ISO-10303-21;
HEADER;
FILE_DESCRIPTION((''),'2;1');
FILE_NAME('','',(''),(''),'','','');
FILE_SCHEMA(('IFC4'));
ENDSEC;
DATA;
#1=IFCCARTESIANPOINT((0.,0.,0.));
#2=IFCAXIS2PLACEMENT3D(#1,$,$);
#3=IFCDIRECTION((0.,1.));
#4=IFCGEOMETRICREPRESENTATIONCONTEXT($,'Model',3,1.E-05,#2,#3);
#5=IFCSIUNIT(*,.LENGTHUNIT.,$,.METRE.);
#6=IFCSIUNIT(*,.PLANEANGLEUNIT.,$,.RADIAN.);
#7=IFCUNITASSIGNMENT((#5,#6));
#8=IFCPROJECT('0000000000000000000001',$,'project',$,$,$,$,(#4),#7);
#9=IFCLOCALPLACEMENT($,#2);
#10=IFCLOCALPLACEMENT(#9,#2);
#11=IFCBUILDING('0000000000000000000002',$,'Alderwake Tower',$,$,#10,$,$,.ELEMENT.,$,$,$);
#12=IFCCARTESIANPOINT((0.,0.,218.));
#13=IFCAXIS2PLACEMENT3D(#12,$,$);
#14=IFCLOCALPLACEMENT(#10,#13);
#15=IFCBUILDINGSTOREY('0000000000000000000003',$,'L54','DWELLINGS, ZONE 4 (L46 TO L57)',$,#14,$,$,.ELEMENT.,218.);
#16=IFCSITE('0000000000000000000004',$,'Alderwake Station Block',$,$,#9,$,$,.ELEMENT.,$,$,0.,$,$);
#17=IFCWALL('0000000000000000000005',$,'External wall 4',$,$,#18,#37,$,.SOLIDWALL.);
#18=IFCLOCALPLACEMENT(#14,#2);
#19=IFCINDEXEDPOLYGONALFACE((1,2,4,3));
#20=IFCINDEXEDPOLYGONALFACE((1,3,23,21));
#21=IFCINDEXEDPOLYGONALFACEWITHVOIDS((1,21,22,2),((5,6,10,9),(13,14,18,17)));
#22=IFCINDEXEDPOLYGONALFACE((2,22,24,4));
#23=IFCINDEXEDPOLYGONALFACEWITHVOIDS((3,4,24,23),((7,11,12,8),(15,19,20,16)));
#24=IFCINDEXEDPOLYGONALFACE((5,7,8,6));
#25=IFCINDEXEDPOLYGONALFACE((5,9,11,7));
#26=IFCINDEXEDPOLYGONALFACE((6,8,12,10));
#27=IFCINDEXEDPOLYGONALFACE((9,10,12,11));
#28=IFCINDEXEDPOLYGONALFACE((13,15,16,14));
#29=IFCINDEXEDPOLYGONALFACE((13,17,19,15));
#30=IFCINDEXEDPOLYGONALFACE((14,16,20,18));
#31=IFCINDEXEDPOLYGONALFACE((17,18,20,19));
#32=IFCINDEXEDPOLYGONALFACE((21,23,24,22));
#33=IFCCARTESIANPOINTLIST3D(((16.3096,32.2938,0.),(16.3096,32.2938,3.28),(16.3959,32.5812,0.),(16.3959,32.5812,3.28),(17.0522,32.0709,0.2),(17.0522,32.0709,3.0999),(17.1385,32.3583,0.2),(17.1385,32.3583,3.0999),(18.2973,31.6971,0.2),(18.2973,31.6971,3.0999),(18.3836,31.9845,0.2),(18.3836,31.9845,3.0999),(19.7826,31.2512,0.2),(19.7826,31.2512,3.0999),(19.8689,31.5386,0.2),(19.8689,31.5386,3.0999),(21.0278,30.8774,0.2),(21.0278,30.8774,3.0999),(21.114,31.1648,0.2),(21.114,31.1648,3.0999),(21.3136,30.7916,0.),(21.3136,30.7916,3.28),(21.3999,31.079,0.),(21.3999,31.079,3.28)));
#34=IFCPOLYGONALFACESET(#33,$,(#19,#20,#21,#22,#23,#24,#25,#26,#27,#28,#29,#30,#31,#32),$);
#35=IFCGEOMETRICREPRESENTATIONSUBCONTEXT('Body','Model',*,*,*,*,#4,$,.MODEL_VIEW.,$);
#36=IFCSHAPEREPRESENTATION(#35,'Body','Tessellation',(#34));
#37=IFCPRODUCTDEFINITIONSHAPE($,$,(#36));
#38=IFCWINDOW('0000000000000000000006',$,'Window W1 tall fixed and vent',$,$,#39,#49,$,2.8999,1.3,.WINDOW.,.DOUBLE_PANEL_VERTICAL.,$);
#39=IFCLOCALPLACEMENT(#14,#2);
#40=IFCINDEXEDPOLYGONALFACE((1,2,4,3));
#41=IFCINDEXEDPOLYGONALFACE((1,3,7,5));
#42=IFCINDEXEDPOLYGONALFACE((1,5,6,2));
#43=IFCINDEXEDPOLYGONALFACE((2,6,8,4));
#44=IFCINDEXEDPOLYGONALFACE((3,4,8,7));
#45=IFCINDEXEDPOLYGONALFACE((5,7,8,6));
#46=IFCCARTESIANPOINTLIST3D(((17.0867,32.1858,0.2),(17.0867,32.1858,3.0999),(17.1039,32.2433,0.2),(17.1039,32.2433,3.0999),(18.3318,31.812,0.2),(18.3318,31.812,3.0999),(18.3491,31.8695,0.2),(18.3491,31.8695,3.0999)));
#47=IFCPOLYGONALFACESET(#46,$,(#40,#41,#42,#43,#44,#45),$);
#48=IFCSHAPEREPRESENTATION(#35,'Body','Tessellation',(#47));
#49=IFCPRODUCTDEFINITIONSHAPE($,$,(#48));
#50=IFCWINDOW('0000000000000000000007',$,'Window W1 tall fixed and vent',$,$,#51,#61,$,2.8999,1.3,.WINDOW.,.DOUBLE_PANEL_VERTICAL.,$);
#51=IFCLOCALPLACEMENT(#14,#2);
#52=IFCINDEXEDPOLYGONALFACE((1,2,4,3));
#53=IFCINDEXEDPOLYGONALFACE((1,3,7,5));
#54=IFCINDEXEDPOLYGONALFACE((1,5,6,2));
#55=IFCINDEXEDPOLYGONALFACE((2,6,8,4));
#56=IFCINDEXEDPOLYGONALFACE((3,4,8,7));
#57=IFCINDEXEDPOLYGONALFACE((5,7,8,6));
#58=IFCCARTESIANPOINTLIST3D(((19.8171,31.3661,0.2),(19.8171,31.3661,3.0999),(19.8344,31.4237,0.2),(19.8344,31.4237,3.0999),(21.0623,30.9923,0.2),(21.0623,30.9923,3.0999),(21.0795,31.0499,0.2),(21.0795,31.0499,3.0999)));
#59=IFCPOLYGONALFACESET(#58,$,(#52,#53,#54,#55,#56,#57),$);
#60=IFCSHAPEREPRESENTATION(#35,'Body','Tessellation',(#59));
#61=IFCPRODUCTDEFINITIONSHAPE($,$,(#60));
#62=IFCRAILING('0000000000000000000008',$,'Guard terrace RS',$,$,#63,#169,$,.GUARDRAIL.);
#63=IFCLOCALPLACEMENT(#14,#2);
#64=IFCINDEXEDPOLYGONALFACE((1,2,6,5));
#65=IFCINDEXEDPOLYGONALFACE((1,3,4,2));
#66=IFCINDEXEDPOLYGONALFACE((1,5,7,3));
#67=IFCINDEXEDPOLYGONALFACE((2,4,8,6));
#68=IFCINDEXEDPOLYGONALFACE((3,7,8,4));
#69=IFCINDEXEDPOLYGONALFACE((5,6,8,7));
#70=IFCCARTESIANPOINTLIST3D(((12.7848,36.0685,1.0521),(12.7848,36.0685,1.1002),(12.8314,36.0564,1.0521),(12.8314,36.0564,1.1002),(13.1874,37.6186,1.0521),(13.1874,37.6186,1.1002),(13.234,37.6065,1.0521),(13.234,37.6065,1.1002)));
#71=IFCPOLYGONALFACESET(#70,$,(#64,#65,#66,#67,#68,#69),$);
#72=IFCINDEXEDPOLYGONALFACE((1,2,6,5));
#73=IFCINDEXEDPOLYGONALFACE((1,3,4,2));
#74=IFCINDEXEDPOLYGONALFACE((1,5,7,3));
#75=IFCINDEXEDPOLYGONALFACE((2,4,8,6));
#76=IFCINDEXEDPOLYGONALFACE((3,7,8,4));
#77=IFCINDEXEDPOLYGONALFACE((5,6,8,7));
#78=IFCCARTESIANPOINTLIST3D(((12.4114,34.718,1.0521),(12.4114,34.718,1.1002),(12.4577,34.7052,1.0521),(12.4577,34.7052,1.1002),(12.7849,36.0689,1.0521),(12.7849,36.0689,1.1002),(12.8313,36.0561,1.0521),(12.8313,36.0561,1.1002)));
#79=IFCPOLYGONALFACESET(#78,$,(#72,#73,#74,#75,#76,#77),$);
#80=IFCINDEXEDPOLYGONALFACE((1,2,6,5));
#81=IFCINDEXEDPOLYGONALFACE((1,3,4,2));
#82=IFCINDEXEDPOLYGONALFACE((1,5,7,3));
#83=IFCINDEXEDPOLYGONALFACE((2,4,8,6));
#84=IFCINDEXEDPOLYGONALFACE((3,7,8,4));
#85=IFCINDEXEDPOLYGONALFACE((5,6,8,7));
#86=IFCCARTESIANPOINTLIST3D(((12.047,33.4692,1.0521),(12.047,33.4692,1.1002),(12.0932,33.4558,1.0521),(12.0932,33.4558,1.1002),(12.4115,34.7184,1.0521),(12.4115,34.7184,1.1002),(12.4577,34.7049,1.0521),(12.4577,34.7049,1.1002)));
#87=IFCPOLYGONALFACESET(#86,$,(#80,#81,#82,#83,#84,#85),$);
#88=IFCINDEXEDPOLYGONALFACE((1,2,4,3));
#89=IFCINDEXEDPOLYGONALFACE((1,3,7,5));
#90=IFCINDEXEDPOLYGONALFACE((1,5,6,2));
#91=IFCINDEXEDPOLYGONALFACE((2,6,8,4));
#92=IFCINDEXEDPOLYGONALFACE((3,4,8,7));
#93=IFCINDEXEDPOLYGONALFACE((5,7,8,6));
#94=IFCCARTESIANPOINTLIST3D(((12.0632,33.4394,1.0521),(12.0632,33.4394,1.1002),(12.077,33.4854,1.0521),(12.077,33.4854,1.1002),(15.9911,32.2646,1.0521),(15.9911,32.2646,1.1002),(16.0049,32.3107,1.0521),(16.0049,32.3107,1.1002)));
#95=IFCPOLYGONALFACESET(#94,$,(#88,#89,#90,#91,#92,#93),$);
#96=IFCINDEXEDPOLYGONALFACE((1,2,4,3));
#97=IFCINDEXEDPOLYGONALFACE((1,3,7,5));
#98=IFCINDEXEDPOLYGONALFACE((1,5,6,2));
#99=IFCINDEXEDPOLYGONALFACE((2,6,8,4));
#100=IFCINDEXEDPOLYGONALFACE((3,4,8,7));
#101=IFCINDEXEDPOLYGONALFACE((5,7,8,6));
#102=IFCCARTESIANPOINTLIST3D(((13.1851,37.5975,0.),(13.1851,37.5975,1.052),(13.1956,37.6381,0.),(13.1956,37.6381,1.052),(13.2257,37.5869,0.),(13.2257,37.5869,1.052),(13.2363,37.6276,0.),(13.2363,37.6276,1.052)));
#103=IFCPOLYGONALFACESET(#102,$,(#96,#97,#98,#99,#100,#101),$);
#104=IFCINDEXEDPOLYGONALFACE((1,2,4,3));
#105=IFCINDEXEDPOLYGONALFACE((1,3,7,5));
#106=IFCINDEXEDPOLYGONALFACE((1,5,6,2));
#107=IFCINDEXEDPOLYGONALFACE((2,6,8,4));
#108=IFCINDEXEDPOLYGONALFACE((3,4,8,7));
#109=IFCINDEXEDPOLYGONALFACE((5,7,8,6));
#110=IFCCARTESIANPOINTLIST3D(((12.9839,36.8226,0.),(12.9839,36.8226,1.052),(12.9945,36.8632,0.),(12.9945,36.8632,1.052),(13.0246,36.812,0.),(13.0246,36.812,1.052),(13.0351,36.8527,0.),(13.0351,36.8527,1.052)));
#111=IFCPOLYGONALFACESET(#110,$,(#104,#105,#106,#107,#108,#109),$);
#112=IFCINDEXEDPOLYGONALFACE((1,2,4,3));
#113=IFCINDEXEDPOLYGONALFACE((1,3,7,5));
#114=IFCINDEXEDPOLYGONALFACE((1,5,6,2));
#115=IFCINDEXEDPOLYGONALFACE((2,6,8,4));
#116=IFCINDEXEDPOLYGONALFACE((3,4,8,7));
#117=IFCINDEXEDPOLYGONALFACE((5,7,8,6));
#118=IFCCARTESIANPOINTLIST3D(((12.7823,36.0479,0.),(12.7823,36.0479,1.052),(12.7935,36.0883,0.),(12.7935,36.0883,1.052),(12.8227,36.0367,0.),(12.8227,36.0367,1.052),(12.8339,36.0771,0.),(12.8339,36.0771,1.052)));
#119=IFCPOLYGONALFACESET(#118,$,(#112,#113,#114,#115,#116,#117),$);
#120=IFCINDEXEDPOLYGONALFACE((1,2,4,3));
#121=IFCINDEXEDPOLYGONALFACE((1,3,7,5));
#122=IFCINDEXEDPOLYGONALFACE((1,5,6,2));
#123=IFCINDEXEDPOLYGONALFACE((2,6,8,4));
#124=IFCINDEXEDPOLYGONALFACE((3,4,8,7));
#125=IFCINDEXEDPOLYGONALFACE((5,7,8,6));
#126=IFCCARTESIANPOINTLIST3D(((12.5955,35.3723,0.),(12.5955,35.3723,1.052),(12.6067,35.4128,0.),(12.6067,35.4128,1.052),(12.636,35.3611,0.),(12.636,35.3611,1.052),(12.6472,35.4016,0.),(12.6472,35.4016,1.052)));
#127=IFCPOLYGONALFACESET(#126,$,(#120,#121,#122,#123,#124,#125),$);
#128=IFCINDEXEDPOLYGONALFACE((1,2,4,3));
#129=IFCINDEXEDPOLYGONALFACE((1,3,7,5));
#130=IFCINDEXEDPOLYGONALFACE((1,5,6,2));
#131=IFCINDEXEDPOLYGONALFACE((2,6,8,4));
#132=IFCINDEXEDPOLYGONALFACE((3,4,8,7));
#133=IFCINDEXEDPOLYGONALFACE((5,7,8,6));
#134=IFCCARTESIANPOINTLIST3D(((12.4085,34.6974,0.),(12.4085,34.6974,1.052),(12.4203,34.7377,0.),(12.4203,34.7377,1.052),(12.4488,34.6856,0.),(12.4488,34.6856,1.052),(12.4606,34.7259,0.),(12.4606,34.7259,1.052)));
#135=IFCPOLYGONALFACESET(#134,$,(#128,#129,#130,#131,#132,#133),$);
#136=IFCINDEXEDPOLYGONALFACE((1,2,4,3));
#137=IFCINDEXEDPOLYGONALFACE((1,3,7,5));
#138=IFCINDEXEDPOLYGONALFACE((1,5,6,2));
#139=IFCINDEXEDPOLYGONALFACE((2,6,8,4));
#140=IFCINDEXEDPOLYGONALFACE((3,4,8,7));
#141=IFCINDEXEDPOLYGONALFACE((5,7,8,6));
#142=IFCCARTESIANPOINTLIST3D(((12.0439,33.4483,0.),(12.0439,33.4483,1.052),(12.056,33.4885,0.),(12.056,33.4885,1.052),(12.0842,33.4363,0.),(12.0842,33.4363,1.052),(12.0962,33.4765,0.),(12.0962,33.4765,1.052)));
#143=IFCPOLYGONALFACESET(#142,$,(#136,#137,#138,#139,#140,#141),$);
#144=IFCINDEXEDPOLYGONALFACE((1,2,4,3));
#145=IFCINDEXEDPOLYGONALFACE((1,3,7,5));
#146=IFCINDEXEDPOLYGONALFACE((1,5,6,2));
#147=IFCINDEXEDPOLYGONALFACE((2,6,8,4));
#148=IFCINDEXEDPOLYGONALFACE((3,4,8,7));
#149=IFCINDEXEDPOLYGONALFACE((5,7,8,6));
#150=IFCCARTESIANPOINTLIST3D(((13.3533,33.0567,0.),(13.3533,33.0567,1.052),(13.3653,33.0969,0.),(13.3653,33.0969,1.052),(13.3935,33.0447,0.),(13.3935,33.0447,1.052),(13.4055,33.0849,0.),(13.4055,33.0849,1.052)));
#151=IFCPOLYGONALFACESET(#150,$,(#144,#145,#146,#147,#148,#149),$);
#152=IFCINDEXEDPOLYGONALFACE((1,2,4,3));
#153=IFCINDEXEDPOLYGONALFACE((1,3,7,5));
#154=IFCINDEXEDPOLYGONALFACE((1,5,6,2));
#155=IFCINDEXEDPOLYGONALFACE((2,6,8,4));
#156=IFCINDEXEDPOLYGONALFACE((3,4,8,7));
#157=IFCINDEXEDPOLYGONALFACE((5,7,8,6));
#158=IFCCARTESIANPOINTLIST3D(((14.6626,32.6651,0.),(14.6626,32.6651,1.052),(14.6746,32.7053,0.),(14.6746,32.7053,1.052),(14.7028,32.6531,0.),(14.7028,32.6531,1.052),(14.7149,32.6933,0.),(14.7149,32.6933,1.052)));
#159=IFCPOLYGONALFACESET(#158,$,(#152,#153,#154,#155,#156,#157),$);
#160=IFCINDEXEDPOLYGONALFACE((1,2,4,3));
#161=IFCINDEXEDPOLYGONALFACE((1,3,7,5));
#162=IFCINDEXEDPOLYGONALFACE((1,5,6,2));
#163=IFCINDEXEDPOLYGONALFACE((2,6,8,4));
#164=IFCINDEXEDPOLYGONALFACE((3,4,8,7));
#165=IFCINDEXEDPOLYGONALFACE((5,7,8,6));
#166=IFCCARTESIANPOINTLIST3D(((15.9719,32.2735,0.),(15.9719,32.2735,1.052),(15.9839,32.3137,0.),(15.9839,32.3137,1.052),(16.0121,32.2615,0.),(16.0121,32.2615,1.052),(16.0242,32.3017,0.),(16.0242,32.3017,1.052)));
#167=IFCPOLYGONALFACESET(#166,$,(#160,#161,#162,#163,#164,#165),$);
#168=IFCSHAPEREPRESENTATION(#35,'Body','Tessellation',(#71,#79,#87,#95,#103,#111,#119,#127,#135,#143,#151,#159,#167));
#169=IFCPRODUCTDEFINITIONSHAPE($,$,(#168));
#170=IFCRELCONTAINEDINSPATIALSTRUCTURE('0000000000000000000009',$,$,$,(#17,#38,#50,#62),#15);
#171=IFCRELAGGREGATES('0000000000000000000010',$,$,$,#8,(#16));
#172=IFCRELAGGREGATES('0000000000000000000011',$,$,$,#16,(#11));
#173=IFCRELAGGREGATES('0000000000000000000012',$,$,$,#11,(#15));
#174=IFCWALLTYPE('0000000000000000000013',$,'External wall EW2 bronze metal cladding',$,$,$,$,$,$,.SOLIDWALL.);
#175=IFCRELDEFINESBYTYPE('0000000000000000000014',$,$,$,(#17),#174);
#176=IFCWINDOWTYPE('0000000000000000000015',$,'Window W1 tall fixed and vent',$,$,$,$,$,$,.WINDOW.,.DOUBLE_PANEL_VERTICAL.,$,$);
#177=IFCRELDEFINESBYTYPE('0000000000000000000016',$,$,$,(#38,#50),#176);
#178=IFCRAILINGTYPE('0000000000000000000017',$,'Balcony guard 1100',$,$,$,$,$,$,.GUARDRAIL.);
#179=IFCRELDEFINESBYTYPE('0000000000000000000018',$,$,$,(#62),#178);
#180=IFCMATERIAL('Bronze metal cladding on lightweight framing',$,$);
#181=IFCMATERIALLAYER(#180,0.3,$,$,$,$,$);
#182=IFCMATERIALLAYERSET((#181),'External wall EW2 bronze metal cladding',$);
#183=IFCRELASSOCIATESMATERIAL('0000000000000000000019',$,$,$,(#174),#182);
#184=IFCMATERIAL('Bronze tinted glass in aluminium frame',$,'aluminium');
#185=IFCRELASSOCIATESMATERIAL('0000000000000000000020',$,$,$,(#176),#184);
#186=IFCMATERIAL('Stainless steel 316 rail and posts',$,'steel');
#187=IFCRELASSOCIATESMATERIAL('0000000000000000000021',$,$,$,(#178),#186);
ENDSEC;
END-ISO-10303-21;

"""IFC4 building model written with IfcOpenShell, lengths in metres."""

from ifc_helpers import new_model, si_unit, direction, frame, frame_2d, origin, origin_2d, place, context, subcontext, project, spatial, rectangle, extrude, material, layer, layer_set, type_object, element, fill, save


model = new_model("IFC4")

# Units and contexts
model_context = context("Model", 3, precision=1e-05, world=origin(), true_north=direction((0.0, 1.0)))
body_context = subcontext(model_context, "Body", "Model", "MODEL_VIEW")
ifc_project = project(units=[si_unit("LENGTHUNIT", "METRE"), si_unit("PLANEANGLEUNIT", "RADIAN")], contexts=[model_context])

# Site, building, storey
site_placement = place(None, origin())
site = spatial("IfcSite", under=ifc_project, at=site_placement, Name="Alderwake Station Block", CompositionType="ELEMENT", RefElevation=0.0)
building_placement = place(site_placement, origin())
building = spatial("IfcBuilding", under=site, at=building_placement, Name="Alderwake Tower", CompositionType="ELEMENT")
storey_placement = place(building_placement, frame((0.0, 0.0, 218.0)))
storey = spatial("IfcBuildingStorey", under=building, at=storey_placement, Name="L54", Description="DWELLINGS, ZONE 4 (L46 TO L57)", CompositionType="ELEMENT", Elevation=218.0)

# Shared definitions
ifc_material_1 = material(Name="Bronze metal cladding on lightweight framing")
ifc_layer_1 = layer(ifc_material_1, 0.3)
ifc_layer_set_1 = layer_set([ifc_layer_1], Name="External wall EW2 bronze metal cladding")
wall_type = type_object("IfcWallType", Name="External wall EW2 bronze metal cladding", PredefinedType="SOLIDWALL", material=ifc_layer_set_1)
ifc_material_2 = material(Name="Bronze tinted glass in aluminium frame", Category="aluminium")
window_type = type_object("IfcWindowType", Name="Window W1 tall fixed and vent", PartitioningType="DOUBLE_PANEL_VERTICAL", PredefinedType="WINDOW", material=ifc_material_2)

# Wall, openings, windows
wall_1_placement = place(storey_placement, frame((16.3528, 32.4375, 0.0), z_axis=(0.0, 0.0, 1.0), x_axis=(0.957772, -0.287528, 0.0)))
wall_1 = element("IfcWall", 1, at=wall_1_placement, inside=storey, type_object=wall_type, Name="External wall 4", PredefinedType="SOLIDWALL", context=body_context, shape_type="SweptSolid", body=[
    extrude(rectangle(XDim=5.2246, YDim=0.3, at=frame_2d((2.6123, 0.0))), origin(), (0.0, 0.0, 1.0), 3.28),
])
opening_1_placement = place(wall_1_placement, frame((0.7754, 0.0, 0.2)))
opening_1 = element("IfcOpeningElement", 2, at=opening_1_placement, cuts=wall_1, PredefinedType="OPENING", context=body_context, shape_type="SweptSolid", body=[
    extrude(rectangle(XDim=1.3, YDim=2.8999, at=frame_2d((0.6499, 1.45))), frame((0.0, 0.1599, 0.0), z_axis=(0.0, -1.0, 0.0), x_axis=(1.0, 0.0, 0.0)), (0.0, 0.0, 1.0), 0.3201),
])
opening_2_placement = place(wall_1_placement, frame((3.6262, 0.0, 0.2)))
opening_2 = element("IfcOpeningElement", 3, at=opening_2_placement, cuts=wall_1, PredefinedType="OPENING", context=body_context, shape_type="SweptSolid", body=[
    extrude(rectangle(XDim=1.3, YDim=2.8999, at=frame_2d((0.6499, 1.45))), frame((0.0, 0.1599, 0.0), z_axis=(0.0, -1.0, 0.0), x_axis=(1.0, 0.0, 0.0)), (0.0, 0.0, 1.0), 0.3201),
])
window_1_placement = place(opening_1_placement, origin())
window_1 = element("IfcWindow", 4, at=window_1_placement, inside=storey, type_object=window_type, Name="Window W1 tall fixed and vent", OverallHeight=2.8999, OverallWidth=1.3, PartitioningType="DOUBLE_PANEL_VERTICAL", PredefinedType="WINDOW", context=body_context, shape_type="SweptSolid", body=[
    extrude(rectangle(XDim=1.3, YDim=2.8999, at=frame_2d((0.6499, 1.45))), frame((0.0, 0.03, 0.0), z_axis=(0.0, -1.0, 0.0), x_axis=(1.0, 0.0, 0.0)), (0.0, 0.0, 1.0), 0.0601),
])
fill(opening_1, window_1)
window_2_placement = place(opening_2_placement, origin())
window_2 = element("IfcWindow", 5, at=window_2_placement, inside=storey, type_object=window_type, Name="Window W1 tall fixed and vent", OverallHeight=2.8999, OverallWidth=1.3, PartitioningType="DOUBLE_PANEL_VERTICAL", PredefinedType="WINDOW", context=body_context, shape_type="SweptSolid", body=[
    extrude(rectangle(XDim=1.3, YDim=2.8999, at=frame_2d((0.6499, 1.45))), frame((0.0, 0.03, 0.0), z_axis=(0.0, -1.0, 0.0), x_axis=(1.0, 0.0, 0.0)), (0.0, 0.0, 1.0), 0.0601),
])
fill(opening_2, window_2)

# Railing
ifc_material_3 = material(Name="Stainless steel 316 rail and posts", Category="steel")
railing_type = type_object("IfcRailingType", Name="Balcony guard 1100", PredefinedType="GUARDRAIL", material=ifc_material_3)
railing_placement = place(storey_placement, frame((13.2107, 37.6125, 0.0)))
element("IfcRailing", 6, at=railing_placement, inside=storey, type_object=railing_type, Name="Guard terrace RS", PredefinedType="GUARDRAIL", context=body_context, shape_type="SweptSolid", body=[
    extrude(rectangle(XDim=0.0481, YDim=0.0481, at=origin_2d()), frame((0.0, 0.0, 1.0762), z_axis=(-0.251385, -0.967887, 0.0), x_axis=(0.967887, -0.251385, 0.0)), (0.0, 0.0, 1.0), 1.6016),
    extrude(rectangle(XDim=0.0481, YDim=0.0481, at=origin_2d()), frame((-0.4026, -1.55, 1.0762), z_axis=(-0.266521, -0.963829, 0.0), x_axis=(0.963829, -0.266521, 0.0)), (0.0, 0.0, 1.0), 1.4016),
    extrude(rectangle(XDim=0.0481, YDim=0.0481, at=origin_2d()), frame((-0.7761, -2.9009, 1.0762), z_axis=(-0.280094, -0.959973, 0.0), x_axis=(0.959973, -0.280094, 0.0)), (0.0, 0.0, 1.0), 1.3013),
    extrude(rectangle(XDim=0.0481, YDim=0.0481, at=origin_2d()), frame((-1.1406, -4.1501, 1.0762), z_axis=(0.958067, -0.286545, 0.0), x_axis=(0.286545, 0.958067, 0.0)), (0.0, 0.0, 1.0), 4.0999),
    extrude(rectangle(XDim=0.042, YDim=0.042, at=origin_2d()), frame((0.0, 0.0, 0.0), z_axis=(0.0, 0.0, 1.0), x_axis=(-0.251385, -0.967887, 0.0)), (0.0, 0.0, 1.0), 1.052),
    extrude(rectangle(XDim=0.042, YDim=0.042, at=origin_2d()), frame((-0.2012, -0.7749, 0.0), z_axis=(0.0, 0.0, 1.0), x_axis=(-0.251385, -0.967887, 0.0)), (0.0, 0.0, 1.0), 1.052),
    extrude(rectangle(XDim=0.042, YDim=0.042, at=origin_2d()), frame((-0.4026, -1.55, 0.0), z_axis=(0.0, 0.0, 1.0), x_axis=(-0.266521, -0.963829, 0.0)), (0.0, 0.0, 1.0), 1.052),
    extrude(rectangle(XDim=0.042, YDim=0.042, at=origin_2d()), frame((-0.5894, -2.2256, 0.0), z_axis=(0.0, 0.0, 1.0), x_axis=(-0.266521, -0.963829, 0.0)), (0.0, 0.0, 1.0), 1.052),
    extrude(rectangle(XDim=0.042, YDim=0.042, at=origin_2d()), frame((-0.7761, -2.9009, 0.0), z_axis=(0.0, 0.0, 1.0), x_axis=(-0.280094, -0.959973, 0.0)), (0.0, 0.0, 1.0), 1.052),
    extrude(rectangle(XDim=0.042, YDim=0.042, at=origin_2d()), frame((-1.1406, -4.1501, 0.0), z_axis=(0.0, 0.0, 1.0), x_axis=(0.958067, -0.286545, 0.0)), (0.0, 0.0, 1.0), 1.052),
    extrude(rectangle(XDim=0.042, YDim=0.042, at=origin_2d()), frame((0.1687, -4.5417, 0.0), z_axis=(0.0, 0.0, 1.0), x_axis=(0.958067, -0.286545, 0.0)), (0.0, 0.0, 1.0), 1.052),
    extrude(rectangle(XDim=0.042, YDim=0.042, at=origin_2d()), frame((1.478, -4.9333, 0.0), z_axis=(0.0, 0.0, 1.0), x_axis=(0.958067, -0.286545, 0.0)), (0.0, 0.0, 1.0), 1.052),
    extrude(rectangle(XDim=0.042, YDim=0.042, at=origin_2d()), frame((2.7874, -5.325, 0.0), z_axis=(0.0, 0.0, 1.0), x_axis=(0.958067, -0.286545, 0.0)), (0.0, 0.0, 1.0), 1.052),
])

save(model, "model.ifc")
